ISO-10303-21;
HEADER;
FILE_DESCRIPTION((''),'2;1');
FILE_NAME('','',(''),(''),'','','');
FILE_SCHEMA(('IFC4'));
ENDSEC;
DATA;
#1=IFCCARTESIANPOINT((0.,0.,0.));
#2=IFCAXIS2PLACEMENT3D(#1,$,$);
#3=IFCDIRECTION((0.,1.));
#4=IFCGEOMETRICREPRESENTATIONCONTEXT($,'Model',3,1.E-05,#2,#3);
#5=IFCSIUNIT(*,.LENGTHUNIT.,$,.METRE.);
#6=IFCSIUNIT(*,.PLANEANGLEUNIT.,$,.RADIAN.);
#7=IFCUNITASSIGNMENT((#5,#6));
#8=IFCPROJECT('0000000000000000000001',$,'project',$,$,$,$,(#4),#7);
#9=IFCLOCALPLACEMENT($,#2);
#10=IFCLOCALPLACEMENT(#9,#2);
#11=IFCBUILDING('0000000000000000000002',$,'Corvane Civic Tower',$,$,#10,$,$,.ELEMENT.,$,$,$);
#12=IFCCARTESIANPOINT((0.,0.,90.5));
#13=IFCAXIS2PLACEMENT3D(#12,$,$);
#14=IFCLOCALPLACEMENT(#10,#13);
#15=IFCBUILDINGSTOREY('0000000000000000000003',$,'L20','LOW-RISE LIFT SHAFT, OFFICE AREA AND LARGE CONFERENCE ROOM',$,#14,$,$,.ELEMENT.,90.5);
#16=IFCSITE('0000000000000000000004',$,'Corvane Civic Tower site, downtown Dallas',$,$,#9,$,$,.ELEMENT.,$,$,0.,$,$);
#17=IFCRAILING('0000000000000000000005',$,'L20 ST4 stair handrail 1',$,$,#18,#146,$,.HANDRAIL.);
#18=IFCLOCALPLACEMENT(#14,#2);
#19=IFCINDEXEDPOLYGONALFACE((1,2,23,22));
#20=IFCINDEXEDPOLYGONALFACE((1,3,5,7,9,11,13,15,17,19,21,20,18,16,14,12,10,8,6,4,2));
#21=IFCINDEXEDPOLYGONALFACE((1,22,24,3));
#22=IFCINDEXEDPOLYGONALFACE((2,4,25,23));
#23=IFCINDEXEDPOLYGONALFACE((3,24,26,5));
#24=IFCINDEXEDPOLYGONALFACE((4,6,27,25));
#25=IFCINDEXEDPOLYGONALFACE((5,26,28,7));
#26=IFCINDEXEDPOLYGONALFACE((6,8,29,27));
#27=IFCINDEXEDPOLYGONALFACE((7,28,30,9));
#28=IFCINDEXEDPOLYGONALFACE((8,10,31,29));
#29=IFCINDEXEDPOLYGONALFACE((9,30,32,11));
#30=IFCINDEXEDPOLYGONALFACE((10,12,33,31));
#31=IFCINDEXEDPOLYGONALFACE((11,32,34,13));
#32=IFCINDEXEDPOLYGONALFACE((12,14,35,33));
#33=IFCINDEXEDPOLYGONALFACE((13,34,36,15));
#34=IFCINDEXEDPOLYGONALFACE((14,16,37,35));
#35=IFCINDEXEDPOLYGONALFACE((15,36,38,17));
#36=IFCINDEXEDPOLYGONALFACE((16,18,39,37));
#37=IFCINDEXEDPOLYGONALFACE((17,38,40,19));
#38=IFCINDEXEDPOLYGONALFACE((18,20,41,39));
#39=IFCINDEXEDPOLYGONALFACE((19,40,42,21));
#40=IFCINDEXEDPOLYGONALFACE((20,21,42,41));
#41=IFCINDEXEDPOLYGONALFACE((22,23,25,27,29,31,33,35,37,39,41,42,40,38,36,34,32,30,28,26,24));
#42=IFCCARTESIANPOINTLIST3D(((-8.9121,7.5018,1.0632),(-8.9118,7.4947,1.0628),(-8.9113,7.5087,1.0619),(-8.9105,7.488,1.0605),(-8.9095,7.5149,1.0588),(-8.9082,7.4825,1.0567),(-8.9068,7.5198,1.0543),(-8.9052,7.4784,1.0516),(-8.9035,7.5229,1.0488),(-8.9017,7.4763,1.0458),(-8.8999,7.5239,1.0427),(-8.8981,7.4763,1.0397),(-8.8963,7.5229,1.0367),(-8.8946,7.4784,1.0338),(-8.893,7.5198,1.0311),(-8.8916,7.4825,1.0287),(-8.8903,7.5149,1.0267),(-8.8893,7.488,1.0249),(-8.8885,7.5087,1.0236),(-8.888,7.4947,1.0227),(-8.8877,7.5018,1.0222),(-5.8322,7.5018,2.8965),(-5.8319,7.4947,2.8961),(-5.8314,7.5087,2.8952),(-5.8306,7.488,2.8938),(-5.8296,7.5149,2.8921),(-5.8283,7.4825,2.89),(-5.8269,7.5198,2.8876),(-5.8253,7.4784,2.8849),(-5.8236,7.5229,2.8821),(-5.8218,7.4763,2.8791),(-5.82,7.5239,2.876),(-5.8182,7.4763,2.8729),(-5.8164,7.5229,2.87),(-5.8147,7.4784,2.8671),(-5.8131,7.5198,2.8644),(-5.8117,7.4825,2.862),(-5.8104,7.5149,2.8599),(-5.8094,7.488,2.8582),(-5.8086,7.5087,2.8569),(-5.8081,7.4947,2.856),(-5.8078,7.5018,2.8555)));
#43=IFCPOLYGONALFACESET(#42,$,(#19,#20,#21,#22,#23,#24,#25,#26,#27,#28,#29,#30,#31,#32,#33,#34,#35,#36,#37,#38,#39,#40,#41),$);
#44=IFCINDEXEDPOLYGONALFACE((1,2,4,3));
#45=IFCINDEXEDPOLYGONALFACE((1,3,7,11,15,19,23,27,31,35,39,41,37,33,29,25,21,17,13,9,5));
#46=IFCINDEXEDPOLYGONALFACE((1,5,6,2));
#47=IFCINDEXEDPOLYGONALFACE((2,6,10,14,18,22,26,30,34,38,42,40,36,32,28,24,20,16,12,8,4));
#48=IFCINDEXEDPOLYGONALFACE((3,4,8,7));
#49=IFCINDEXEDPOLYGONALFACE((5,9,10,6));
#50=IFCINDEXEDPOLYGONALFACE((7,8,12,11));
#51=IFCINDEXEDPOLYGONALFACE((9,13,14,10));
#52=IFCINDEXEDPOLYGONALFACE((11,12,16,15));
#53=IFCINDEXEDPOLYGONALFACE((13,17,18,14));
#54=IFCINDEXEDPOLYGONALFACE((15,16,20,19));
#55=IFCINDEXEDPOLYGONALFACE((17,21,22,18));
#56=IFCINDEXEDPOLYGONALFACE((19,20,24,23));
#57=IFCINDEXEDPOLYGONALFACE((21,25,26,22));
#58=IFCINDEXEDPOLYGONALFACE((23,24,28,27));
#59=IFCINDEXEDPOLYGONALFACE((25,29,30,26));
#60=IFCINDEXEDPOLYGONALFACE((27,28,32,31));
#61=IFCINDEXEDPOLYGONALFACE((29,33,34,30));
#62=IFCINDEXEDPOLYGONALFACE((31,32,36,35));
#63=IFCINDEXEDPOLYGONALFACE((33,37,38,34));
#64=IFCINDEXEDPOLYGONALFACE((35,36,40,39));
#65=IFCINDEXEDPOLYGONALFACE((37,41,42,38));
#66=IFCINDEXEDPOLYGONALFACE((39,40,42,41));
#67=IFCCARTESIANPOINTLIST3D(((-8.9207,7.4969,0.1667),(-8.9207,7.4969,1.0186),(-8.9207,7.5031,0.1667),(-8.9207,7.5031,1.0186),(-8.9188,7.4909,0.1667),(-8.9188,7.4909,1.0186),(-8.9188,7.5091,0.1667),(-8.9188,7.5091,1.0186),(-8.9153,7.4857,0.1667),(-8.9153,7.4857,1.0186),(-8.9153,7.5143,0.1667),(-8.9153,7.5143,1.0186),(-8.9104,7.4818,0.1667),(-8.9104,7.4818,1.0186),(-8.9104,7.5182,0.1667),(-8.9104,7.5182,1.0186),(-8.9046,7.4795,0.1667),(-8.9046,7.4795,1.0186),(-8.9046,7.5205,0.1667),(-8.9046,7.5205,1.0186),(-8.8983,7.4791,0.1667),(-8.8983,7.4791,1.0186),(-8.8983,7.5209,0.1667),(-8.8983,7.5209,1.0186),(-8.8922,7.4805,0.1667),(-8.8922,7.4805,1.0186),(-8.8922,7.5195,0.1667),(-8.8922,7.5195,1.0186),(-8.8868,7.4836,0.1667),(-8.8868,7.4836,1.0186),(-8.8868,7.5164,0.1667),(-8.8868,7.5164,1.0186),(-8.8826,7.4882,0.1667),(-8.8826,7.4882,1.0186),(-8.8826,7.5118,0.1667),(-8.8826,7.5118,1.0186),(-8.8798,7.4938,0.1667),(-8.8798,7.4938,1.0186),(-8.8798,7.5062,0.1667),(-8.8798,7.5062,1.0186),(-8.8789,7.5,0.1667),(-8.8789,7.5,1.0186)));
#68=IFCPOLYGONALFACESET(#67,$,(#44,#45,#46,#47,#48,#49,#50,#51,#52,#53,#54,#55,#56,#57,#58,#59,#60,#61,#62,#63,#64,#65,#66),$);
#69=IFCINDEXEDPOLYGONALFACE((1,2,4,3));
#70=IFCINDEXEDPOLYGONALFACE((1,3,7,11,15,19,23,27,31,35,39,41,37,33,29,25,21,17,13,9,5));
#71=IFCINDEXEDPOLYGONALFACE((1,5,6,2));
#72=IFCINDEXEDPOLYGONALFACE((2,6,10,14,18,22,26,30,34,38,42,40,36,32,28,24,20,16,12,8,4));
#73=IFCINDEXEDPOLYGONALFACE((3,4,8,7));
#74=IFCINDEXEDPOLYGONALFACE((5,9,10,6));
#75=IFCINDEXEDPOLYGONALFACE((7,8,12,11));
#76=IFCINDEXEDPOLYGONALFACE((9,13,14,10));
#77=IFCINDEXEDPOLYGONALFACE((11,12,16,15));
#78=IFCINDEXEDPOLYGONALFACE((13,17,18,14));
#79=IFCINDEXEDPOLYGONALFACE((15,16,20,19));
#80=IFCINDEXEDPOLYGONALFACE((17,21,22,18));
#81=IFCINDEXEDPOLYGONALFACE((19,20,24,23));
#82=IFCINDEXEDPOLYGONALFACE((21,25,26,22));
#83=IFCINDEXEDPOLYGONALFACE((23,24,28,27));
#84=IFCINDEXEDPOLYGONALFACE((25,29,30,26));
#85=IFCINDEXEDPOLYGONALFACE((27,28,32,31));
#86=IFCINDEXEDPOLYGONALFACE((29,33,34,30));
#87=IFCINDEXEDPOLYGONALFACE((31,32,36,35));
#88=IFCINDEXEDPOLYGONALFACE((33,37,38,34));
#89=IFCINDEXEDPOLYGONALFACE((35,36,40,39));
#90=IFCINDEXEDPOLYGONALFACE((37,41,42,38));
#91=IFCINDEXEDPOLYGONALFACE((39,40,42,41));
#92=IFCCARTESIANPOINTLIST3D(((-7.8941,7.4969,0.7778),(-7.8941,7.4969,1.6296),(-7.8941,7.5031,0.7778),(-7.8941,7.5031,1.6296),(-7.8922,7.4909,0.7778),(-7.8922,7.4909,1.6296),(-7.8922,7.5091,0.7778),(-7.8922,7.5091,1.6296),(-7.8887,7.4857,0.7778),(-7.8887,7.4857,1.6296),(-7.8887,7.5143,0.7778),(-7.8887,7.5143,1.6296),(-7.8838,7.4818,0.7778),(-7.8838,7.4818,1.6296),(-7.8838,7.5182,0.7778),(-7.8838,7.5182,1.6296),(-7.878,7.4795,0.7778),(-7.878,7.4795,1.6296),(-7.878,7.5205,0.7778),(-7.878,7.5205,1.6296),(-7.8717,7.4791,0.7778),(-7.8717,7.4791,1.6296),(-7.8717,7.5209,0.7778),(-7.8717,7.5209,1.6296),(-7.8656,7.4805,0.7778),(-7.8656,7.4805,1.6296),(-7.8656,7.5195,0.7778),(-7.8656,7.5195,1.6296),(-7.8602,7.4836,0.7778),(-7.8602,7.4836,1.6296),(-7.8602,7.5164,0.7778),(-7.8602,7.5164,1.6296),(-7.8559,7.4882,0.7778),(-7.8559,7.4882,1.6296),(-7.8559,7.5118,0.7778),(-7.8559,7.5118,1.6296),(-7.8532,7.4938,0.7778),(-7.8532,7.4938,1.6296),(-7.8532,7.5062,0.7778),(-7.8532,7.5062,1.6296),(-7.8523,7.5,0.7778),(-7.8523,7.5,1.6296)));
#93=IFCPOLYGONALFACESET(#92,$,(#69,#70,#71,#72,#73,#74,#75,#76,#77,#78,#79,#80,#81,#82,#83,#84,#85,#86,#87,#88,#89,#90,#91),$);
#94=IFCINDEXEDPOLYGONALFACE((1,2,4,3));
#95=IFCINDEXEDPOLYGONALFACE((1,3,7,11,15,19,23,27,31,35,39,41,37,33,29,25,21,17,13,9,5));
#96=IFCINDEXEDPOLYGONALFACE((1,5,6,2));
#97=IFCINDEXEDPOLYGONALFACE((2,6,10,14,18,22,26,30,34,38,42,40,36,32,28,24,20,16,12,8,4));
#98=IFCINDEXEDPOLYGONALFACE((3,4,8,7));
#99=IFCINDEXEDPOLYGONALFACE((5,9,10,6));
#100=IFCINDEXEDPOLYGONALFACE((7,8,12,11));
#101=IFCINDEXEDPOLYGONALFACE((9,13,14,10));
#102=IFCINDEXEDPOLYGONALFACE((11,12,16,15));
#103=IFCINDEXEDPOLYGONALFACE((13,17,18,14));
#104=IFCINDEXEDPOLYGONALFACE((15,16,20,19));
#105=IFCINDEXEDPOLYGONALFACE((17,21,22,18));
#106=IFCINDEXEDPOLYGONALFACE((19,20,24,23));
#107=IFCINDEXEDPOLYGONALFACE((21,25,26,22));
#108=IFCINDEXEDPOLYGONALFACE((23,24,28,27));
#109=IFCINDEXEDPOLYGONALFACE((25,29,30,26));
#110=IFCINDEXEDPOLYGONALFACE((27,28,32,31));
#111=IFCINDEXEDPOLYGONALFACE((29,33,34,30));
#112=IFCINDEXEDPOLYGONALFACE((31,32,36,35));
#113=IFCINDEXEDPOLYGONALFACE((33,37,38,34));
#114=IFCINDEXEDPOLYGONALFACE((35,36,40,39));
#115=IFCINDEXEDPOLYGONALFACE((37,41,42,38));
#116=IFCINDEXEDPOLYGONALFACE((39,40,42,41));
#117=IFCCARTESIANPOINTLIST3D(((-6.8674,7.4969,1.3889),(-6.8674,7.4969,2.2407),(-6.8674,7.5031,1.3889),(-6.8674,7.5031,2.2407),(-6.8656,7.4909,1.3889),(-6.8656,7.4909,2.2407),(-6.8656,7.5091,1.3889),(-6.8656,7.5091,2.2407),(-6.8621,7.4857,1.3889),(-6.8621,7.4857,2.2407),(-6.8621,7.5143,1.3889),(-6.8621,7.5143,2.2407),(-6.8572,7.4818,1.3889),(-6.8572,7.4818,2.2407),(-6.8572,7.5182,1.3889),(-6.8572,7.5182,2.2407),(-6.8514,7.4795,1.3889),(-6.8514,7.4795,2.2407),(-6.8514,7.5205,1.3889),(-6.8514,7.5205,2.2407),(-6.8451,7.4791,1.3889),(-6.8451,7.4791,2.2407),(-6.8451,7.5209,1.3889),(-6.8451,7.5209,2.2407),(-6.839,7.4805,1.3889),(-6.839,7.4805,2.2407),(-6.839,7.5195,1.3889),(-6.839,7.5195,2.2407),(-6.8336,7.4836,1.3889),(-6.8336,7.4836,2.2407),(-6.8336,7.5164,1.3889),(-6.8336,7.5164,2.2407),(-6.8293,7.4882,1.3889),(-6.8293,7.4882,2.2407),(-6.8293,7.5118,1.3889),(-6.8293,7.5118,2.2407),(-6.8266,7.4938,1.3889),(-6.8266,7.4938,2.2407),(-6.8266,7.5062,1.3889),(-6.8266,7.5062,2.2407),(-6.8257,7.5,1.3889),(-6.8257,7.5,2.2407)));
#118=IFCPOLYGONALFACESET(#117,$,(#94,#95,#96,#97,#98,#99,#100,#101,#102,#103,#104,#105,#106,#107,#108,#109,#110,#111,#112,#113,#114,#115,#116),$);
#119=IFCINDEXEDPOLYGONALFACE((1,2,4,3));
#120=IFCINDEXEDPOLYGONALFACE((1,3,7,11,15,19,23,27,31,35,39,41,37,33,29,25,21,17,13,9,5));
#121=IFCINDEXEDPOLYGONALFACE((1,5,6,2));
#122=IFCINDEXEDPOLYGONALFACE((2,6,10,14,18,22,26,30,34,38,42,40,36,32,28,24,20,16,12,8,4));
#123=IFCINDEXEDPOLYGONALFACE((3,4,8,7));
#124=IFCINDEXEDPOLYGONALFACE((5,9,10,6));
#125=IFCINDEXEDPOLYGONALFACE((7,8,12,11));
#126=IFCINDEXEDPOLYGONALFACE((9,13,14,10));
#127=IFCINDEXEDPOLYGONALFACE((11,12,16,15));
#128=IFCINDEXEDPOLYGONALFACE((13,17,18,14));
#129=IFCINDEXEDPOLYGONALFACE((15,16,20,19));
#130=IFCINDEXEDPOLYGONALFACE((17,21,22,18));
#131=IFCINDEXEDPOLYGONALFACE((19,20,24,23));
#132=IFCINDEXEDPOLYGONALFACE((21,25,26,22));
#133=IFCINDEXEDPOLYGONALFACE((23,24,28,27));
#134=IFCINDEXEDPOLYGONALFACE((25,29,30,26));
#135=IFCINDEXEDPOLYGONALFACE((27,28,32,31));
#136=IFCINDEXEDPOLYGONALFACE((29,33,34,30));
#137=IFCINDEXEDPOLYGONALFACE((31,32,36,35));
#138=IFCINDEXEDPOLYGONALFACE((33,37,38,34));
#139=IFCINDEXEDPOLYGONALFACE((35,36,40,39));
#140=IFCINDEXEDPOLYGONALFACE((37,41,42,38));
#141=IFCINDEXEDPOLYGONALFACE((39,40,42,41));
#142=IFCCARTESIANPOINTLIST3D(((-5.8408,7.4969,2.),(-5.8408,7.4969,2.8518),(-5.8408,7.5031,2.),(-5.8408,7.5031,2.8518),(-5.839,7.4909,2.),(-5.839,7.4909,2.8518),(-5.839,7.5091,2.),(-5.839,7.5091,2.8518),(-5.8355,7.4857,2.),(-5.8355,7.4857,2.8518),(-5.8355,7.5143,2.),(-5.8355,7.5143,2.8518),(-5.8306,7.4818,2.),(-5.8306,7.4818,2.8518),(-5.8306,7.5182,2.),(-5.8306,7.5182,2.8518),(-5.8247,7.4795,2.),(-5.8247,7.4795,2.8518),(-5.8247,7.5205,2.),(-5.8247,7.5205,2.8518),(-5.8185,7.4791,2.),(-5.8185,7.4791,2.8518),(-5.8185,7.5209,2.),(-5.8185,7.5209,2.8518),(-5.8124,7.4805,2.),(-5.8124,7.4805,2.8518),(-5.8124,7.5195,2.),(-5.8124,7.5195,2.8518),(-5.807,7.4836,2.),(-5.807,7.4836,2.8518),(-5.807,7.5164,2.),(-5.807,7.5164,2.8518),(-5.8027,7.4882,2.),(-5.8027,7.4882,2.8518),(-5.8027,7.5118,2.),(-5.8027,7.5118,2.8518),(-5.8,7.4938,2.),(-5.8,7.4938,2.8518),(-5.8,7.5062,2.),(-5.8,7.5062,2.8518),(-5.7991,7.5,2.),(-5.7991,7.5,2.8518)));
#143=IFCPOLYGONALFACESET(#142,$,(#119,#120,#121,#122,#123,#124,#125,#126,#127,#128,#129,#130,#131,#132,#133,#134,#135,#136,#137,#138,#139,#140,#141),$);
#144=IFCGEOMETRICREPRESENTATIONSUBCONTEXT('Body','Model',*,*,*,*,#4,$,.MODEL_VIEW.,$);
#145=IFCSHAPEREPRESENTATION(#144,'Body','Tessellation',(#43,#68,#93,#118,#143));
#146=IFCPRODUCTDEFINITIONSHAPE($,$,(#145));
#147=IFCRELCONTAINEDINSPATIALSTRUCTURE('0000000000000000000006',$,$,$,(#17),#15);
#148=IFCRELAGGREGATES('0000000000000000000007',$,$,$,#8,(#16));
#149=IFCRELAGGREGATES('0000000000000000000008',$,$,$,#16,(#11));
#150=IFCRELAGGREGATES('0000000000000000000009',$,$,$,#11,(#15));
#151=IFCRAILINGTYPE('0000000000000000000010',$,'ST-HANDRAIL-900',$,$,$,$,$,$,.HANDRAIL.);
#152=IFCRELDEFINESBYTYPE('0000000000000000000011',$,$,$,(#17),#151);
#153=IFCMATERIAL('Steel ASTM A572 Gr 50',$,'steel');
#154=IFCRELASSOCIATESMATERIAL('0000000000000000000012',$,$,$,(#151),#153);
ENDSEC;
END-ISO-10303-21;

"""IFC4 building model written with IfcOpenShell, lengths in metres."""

from ifc_helpers import new_model, si_unit, direction, frame, origin, origin_2d, place, context, subcontext, project, spatial, circle, extrude, material, type_object, element, save


model = new_model("IFC4")

# Units and contexts
model_context = context("Model", 3, precision=1e-05, world=origin(), true_north=direction((0.0, 1.0)))
body_context = subcontext(model_context, "Body", "Model", "MODEL_VIEW")
ifc_project = project(units=[si_unit("LENGTHUNIT", "METRE"), si_unit("PLANEANGLEUNIT", "RADIAN")], contexts=[model_context])

# Site, building, storey
site_placement = place(None, origin())
site = spatial("IfcSite", under=ifc_project, at=site_placement, Name="Corvane Civic Tower site, downtown Dallas", CompositionType="ELEMENT", RefElevation=0.0)
building_placement = place(site_placement, origin())
building = spatial("IfcBuilding", under=site, at=building_placement, Name="Corvane Civic Tower", CompositionType="ELEMENT")
storey_placement = place(building_placement, frame((0.0, 0.0, 90.5)))
storey = spatial("IfcBuildingStorey", under=building, at=storey_placement, Name="L20", Description="LOW-RISE LIFT SHAFT, OFFICE AREA AND LARGE CONFERENCE ROOM", CompositionType="ELEMENT", Elevation=90.5)

# Railing
ifc_material_1 = material(Name="Steel ASTM A572 Gr 50", Category="steel")
railing_type_1 = type_object("IfcRailingType", Name="ST-HANDRAIL-900", PredefinedType="HANDRAIL", material=ifc_material_1)
railing_1_placement = place(storey_placement, frame((-8.8999, 7.5, 0.1667)))
element("IfcRailing", 1, at=railing_1_placement, inside=storey, type_object=railing_type_1, Name="L20 ST4 stair handrail 1", PredefinedType="HANDRAIL", context=body_context, shape_type="SweptSolid", body=[
    extrude(circle(Radius=0.0239, at=origin_2d()), frame((0.0, 0.0, 0.876), z_axis=(0.859291, 0.0, 0.511487), x_axis=(0.0, 1.0, 0.0)), (0.0, 0.0, 1.0), 3.5842),
    extrude(circle(Radius=0.021, at=origin_2d()), origin(), (0.0, 0.0, 1.0), 0.8518),
    extrude(circle(Radius=0.021, at=origin_2d()), frame((1.0266, 0.0, 0.6111)), (0.0, 0.0, 1.0), 0.8518),
    extrude(circle(Radius=0.021, at=origin_2d()), frame((2.0532, 0.0, 1.2222)), (0.0, 0.0, 1.0), 0.8518),
    extrude(circle(Radius=0.021, at=origin_2d()), frame((3.0798, 0.0, 1.8333)), (0.0, 0.0, 1.0), 0.8518),
])

save(model, "model.ifc")
